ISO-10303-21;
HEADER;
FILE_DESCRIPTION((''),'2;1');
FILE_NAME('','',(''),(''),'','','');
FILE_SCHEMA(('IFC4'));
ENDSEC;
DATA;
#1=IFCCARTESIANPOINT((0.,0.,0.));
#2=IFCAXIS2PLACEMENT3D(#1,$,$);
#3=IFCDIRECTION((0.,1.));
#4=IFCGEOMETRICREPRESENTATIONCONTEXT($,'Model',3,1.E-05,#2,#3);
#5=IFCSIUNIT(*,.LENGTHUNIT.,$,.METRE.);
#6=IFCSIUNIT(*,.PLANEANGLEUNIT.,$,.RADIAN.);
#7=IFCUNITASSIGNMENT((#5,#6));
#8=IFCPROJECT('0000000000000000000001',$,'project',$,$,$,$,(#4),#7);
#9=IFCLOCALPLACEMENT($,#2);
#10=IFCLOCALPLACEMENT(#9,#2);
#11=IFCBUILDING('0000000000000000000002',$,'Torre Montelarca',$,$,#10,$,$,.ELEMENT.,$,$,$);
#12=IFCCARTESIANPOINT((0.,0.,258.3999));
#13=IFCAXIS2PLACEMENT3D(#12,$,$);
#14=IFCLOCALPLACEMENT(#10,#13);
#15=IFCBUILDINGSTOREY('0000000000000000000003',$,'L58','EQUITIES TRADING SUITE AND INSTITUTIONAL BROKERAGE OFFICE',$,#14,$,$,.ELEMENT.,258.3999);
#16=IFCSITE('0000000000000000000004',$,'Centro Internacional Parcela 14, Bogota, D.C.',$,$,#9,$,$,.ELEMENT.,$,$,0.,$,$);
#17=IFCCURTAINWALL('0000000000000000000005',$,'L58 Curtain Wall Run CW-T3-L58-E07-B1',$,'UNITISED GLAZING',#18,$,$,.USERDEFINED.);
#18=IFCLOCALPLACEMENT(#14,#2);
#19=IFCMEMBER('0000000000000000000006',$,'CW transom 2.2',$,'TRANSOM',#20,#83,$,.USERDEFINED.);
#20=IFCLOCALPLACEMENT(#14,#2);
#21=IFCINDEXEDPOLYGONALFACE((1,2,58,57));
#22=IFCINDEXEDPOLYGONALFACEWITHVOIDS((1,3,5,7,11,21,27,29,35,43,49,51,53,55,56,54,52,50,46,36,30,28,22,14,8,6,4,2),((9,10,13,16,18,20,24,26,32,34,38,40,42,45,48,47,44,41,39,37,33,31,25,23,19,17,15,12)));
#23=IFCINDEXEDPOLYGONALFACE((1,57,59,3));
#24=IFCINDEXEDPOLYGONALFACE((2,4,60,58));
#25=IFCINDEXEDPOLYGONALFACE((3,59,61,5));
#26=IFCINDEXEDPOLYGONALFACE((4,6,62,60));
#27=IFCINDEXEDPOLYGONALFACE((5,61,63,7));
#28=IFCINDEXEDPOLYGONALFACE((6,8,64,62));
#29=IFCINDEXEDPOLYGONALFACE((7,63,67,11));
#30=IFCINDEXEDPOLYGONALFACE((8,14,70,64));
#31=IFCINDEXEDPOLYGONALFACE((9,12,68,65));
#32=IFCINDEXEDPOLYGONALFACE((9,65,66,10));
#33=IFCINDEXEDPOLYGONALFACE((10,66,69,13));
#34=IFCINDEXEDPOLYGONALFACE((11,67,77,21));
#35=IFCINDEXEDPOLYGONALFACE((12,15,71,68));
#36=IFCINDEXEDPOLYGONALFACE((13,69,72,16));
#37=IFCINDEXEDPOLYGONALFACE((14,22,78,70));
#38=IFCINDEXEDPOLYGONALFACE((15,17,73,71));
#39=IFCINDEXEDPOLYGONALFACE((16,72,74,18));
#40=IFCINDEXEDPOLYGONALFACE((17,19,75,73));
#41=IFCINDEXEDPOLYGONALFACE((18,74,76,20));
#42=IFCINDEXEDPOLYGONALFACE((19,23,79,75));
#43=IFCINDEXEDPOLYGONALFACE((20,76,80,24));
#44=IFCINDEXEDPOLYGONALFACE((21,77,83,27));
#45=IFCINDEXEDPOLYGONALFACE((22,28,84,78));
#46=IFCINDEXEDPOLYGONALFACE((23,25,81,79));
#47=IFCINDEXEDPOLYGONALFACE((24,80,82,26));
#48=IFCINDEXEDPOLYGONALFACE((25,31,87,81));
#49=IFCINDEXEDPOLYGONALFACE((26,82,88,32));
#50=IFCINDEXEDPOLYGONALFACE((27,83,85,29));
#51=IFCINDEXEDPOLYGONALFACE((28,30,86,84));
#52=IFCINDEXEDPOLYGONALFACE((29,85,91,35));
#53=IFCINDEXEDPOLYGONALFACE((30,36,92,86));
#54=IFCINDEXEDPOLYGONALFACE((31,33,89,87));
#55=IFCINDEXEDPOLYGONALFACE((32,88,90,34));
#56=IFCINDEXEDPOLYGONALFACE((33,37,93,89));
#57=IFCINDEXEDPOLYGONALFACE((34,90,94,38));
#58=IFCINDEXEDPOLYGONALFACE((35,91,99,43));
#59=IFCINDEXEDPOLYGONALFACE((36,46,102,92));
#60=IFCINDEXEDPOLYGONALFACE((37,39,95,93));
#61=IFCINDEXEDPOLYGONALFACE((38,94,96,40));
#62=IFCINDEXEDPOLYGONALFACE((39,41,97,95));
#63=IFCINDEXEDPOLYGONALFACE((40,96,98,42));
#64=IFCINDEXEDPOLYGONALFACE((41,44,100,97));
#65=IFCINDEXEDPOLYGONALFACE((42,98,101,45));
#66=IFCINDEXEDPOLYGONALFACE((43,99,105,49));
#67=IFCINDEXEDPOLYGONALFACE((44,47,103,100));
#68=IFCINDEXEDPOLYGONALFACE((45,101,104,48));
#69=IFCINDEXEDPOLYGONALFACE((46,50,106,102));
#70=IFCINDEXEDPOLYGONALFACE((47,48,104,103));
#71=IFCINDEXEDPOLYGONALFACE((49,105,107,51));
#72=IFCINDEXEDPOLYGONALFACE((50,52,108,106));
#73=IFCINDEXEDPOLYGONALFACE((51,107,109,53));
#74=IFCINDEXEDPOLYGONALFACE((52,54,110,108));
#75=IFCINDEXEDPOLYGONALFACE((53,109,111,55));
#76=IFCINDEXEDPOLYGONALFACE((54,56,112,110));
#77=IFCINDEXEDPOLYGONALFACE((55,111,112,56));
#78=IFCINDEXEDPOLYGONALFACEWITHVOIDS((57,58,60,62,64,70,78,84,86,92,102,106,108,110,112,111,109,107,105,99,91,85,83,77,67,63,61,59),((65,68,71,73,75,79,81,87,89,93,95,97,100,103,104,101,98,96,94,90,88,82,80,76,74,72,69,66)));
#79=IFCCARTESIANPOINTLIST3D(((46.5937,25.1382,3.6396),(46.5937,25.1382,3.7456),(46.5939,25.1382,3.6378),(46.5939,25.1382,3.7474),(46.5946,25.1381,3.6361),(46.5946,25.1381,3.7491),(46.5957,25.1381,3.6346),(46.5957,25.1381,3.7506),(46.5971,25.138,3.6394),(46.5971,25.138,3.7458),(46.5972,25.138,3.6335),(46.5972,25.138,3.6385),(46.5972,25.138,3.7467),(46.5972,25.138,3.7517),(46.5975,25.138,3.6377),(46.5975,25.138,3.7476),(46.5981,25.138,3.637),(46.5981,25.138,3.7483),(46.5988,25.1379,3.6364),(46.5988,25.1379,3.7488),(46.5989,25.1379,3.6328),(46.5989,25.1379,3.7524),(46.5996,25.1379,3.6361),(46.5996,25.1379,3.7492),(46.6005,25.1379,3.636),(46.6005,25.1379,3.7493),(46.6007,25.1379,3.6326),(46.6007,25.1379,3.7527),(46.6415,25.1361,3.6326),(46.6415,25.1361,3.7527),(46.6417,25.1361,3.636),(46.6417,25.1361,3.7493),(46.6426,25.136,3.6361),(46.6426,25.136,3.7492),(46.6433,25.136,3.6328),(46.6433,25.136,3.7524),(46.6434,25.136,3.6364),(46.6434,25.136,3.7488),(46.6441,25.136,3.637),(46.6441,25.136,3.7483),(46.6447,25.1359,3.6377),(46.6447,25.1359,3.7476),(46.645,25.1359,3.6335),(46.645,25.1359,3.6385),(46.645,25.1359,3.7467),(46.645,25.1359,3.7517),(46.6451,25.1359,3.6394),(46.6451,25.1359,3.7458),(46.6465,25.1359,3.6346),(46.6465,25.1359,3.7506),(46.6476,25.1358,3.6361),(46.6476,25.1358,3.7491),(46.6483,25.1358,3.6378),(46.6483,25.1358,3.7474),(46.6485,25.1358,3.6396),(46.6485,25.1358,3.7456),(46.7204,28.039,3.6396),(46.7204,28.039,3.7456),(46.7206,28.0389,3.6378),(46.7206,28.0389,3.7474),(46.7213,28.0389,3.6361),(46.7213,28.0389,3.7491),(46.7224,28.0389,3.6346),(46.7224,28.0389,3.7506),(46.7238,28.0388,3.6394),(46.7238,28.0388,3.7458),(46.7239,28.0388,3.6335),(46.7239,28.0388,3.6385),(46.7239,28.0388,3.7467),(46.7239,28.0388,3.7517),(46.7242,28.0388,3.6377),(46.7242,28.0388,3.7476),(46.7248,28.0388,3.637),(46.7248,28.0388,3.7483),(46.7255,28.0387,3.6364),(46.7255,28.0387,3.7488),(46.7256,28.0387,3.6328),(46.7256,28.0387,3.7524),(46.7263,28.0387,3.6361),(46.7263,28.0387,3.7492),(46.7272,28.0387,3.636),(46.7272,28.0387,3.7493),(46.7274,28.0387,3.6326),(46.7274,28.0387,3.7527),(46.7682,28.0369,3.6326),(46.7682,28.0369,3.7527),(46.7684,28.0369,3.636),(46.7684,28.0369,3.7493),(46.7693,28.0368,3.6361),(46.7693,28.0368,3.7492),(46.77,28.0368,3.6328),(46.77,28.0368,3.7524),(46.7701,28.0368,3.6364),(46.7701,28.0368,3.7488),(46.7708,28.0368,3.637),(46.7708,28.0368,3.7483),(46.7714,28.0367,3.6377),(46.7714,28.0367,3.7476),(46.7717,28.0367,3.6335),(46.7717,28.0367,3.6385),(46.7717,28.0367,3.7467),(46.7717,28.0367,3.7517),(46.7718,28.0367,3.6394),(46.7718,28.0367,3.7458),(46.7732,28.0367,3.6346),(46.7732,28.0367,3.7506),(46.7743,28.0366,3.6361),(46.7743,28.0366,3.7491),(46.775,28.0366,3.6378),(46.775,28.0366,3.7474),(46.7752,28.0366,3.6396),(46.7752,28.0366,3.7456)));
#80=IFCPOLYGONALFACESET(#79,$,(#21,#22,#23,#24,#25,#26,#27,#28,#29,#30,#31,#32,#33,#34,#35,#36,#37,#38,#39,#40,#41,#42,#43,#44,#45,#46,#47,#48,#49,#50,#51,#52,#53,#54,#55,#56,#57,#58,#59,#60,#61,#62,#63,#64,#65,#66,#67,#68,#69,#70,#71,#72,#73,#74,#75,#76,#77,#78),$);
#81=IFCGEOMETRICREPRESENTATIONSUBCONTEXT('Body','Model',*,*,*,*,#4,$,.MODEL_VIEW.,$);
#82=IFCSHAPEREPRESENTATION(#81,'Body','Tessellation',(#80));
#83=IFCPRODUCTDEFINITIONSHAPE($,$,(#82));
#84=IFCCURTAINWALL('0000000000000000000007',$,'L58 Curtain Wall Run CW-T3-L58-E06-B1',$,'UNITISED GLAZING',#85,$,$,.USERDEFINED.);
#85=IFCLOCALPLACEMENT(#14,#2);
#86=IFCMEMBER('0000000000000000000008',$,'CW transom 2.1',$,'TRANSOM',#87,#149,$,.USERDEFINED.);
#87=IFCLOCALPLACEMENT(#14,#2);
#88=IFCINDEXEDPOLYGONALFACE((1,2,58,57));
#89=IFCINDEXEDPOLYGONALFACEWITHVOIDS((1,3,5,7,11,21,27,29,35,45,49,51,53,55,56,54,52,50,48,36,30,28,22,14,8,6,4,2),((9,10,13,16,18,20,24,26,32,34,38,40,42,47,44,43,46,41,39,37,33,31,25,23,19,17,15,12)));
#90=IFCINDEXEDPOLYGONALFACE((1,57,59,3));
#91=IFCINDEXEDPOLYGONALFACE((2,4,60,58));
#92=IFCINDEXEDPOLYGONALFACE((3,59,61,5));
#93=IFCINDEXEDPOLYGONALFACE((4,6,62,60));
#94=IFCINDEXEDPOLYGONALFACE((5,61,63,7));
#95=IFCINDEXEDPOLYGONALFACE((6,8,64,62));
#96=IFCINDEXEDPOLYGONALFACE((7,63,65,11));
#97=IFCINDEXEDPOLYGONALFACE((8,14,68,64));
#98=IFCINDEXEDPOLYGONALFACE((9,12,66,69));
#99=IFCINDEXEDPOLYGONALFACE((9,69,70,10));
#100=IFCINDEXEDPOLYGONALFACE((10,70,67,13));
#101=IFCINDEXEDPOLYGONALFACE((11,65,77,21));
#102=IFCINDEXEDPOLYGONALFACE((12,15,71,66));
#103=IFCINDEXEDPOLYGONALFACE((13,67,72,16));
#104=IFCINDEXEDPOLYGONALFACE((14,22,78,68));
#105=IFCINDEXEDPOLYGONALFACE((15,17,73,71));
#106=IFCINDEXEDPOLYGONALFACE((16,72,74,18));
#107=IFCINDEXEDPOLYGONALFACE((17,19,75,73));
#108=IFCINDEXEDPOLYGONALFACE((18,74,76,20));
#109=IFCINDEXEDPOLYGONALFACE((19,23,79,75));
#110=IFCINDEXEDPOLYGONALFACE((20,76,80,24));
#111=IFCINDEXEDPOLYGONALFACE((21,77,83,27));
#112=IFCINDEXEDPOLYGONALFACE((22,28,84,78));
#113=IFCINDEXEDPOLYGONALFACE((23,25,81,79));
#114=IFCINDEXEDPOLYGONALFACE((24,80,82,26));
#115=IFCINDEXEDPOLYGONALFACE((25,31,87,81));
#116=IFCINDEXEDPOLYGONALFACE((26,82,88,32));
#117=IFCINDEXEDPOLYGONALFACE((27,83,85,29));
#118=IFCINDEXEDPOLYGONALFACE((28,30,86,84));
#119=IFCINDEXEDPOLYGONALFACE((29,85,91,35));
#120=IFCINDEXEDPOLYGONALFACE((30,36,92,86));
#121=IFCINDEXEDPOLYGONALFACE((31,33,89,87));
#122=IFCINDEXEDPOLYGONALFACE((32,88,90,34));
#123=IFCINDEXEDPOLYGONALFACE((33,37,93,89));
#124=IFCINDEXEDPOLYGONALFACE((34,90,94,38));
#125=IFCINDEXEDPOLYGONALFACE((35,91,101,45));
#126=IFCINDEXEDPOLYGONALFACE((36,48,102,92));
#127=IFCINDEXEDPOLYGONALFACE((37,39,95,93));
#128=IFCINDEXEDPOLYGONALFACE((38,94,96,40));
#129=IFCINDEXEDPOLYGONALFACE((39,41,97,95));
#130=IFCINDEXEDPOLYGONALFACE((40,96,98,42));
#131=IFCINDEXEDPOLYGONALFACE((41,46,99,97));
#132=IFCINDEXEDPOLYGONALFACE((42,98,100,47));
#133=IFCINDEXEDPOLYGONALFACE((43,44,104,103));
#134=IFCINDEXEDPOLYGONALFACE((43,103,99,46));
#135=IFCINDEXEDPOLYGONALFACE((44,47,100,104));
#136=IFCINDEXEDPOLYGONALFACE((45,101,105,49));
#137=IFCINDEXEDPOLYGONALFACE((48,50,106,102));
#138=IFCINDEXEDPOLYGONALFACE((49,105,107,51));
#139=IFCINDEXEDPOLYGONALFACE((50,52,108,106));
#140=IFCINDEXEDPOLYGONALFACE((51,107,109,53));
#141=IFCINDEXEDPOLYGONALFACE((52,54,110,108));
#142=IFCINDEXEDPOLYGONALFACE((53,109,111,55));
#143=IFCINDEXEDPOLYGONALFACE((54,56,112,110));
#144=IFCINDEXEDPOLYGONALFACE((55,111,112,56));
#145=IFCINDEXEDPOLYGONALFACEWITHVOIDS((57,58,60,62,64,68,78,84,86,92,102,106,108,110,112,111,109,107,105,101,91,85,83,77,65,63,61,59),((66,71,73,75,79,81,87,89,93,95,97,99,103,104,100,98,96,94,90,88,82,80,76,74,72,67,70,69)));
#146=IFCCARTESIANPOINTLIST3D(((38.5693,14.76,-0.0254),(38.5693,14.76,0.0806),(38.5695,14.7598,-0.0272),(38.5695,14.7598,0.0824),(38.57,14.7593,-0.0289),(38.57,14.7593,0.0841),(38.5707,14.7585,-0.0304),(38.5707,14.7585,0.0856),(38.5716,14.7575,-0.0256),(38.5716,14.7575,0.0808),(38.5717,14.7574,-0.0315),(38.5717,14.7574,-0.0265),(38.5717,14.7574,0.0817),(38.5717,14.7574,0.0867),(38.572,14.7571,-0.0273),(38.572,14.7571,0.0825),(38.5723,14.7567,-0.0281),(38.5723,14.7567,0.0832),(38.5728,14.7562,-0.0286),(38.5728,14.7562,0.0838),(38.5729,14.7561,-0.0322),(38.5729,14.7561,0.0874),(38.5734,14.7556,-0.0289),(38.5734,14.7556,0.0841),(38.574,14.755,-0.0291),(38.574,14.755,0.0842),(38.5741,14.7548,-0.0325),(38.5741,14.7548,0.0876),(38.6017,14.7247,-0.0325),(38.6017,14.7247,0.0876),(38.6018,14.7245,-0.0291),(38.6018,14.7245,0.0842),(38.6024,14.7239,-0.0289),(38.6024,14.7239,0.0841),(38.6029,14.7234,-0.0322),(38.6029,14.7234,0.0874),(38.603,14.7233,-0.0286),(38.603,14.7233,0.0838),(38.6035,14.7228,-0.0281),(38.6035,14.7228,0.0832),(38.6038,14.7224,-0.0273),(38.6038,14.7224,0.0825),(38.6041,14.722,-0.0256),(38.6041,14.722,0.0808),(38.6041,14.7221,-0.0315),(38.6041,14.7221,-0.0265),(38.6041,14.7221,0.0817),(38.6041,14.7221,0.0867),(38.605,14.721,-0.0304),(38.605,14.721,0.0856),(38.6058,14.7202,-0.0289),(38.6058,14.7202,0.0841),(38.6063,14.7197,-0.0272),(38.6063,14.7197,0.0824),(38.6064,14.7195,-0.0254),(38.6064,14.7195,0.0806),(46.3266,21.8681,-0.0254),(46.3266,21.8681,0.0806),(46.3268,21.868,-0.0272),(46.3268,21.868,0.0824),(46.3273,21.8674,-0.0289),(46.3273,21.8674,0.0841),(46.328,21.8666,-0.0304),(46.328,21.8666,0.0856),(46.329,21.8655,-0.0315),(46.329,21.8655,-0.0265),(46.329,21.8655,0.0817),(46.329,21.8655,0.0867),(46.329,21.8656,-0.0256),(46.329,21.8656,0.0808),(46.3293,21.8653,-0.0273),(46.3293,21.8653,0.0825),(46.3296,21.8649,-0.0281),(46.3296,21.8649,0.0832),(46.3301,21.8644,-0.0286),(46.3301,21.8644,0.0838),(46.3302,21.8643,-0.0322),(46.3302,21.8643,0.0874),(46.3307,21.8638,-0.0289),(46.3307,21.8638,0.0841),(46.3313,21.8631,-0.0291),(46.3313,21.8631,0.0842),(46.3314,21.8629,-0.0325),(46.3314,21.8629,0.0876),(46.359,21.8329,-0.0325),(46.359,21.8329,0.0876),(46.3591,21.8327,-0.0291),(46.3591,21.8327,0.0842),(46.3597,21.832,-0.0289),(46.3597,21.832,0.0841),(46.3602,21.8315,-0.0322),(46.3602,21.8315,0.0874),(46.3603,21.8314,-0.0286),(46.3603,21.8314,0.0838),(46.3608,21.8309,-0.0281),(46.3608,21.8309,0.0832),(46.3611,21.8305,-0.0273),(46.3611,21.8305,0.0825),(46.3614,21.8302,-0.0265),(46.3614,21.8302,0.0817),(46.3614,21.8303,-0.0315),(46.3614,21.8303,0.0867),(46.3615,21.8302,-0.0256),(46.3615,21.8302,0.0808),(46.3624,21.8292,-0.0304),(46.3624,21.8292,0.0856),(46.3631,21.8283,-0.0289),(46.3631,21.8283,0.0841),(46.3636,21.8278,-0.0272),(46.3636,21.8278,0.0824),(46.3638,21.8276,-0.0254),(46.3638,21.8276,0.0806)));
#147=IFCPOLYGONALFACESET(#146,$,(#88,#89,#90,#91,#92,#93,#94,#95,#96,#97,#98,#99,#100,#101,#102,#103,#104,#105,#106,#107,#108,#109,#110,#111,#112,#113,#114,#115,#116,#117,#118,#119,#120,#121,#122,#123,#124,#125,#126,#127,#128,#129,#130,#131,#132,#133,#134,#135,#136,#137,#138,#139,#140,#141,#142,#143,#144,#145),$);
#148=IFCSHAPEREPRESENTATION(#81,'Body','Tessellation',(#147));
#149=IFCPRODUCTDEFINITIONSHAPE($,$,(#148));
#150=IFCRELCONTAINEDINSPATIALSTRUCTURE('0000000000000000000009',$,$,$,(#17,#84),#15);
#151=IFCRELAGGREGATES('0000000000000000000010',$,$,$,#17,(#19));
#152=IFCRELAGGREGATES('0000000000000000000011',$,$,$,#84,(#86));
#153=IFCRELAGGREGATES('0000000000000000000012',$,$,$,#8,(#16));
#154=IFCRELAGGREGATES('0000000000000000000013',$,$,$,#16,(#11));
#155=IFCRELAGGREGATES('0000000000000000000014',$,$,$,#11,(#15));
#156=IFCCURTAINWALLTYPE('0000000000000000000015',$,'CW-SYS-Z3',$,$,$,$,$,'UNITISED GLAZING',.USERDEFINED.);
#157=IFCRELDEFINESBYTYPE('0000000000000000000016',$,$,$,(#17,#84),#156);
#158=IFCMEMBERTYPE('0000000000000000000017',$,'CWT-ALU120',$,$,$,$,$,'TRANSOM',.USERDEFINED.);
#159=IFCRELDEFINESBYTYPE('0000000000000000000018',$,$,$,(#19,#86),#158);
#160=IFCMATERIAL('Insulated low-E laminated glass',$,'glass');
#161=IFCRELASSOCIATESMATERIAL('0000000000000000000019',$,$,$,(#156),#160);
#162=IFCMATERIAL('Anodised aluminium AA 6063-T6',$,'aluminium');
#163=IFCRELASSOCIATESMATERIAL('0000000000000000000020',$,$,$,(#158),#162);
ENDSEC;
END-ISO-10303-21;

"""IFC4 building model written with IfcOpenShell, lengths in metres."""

from ifc_helpers import new_model, si_unit, direction, frame, origin, origin_2d, place, context, subcontext, project, spatial, hollow_rectangle, extrude, source, transform, mapped, material, material_profile, profile_set, type_object, element, aggregate, save


model = new_model("IFC4")

# Units and contexts
model_context = context("Model", 3, precision=1e-05, world=origin(), true_north=direction((0.0, 1.0)))
body_context = subcontext(model_context, "Body", "Model", "MODEL_VIEW")
ifc_project = project(units=[si_unit("LENGTHUNIT", "METRE"), si_unit("PLANEANGLEUNIT", "RADIAN")], contexts=[model_context])

# Site, building, storey
site_placement = place(None, origin())
site = spatial("IfcSite", under=ifc_project, at=site_placement, Name="Centro Internacional Parcela 14, Bogota, D.C.", CompositionType="ELEMENT", RefElevation=0.0)
building_placement = place(site_placement, origin())
building = spatial("IfcBuilding", under=site, at=building_placement, Name="Torre Montelarca", CompositionType="ELEMENT")
storey_placement = place(building_placement, frame((0.0, 0.0, 258.3999)))
storey = spatial("IfcBuildingStorey", under=building, at=storey_placement, Name="L58", Description="EQUITIES TRADING SUITE AND INSTITUTIONAL BROKERAGE OFFICE", CompositionType="ELEMENT", Elevation=258.3999)

# Curtain walls, members
ifc_material_1 = material(Name="Insulated low-E laminated glass", Category="glass")
curtain_wall_type = type_object("IfcCurtainWallType", Name="CW-SYS-Z3", ElementType="UNITISED GLAZING", PredefinedType="USERDEFINED", material=ifc_material_1)
curtain_wall_1_placement = place(storey_placement, origin())
curtain_wall_1 = element("IfcCurtainWall", 1, at=curtain_wall_1_placement, inside=storey, type_object=curtain_wall_type, Name="L58 Curtain Wall Run CW-T3-L58-E07-B1", ObjectType="UNITISED GLAZING", PredefinedType="USERDEFINED")
ifc_material_2 = material(Name="Anodised aluminium AA 6063-T6", Category="aluminium")
ifc_material_profile_1 = material_profile(ifc_material_2, hollow_rectangle(XDim=0.0549, YDim=0.1201, WallThickness=0.0034, InnerFilletRadius=0.0034, OuterFilletRadius=0.0071, at=origin_2d()), Name="ALU55X120X3.5", Category="aluminium")
ifc_profile_set_1 = profile_set([ifc_material_profile_1], Name="Anodised aluminium AA 6063-T6")
member_type_1 = type_object("IfcMemberType", Name="CWT-ALU120", ElementType="TRANSOM", PredefinedType="USERDEFINED", material=ifc_profile_set_1)
shared_shape_1 = source(origin(), body_context, "Body", "SweptSolid", [
    extrude(hollow_rectangle(XDim=0.0549, YDim=0.1201, WallThickness=0.0034, InnerFilletRadius=0.0034, OuterFilletRadius=0.0071, at=origin_2d()), origin(), (0.0, 0.0, 1.0), 2.9036),
])
member_1_placement = place(storey_placement, frame((46.6211, 25.137, 3.6926), z_axis=(0.043638, 0.999047, 0.0), x_axis=(-0.999047, 0.043638, 0.0)))
member_1 = element("IfcMember", 2, at=member_1_placement, type_object=member_type_1, Name="CW transom 2.2", ObjectType="TRANSOM", PredefinedType="USERDEFINED", context=body_context, shape_type="MappedRepresentation", body=[
    mapped(shared_shape_1, transform((0.0, 0.0, 0.0), scale=1.0)),
])
curtain_wall_2_placement = place(storey_placement, origin())
curtain_wall_2 = element("IfcCurtainWall", 3, at=curtain_wall_2_placement, inside=storey, type_object=curtain_wall_type, Name="L58 Curtain Wall Run CW-T3-L58-E06-B1", ObjectType="UNITISED GLAZING", PredefinedType="USERDEFINED")
shared_shape_2 = source(origin(), body_context, "Body", "SweptSolid", [
    extrude(hollow_rectangle(XDim=0.0549, YDim=0.1201, WallThickness=0.0034, InnerFilletRadius=0.0034, OuterFilletRadius=0.0071, at=origin_2d()), origin(), (0.0, 0.0, 1.0), 10.5215),
])
member_2_placement = place(storey_placement, frame((38.5879, 14.7397, 0.0276), z_axis=(0.737283, 0.675584, 0.0), x_axis=(-0.675584, 0.737283, 0.0)))
member_2 = element("IfcMember", 4, at=member_2_placement, type_object=member_type_1, Name="CW transom 2.1", ObjectType="TRANSOM", PredefinedType="USERDEFINED", context=body_context, shape_type="MappedRepresentation", body=[
    mapped(shared_shape_2, transform((0.0, 0.0, 0.0), scale=1.0)),
])

aggregate(curtain_wall_1, [member_1])
aggregate(curtain_wall_2, [member_2])

save(model, "model.ifc")
